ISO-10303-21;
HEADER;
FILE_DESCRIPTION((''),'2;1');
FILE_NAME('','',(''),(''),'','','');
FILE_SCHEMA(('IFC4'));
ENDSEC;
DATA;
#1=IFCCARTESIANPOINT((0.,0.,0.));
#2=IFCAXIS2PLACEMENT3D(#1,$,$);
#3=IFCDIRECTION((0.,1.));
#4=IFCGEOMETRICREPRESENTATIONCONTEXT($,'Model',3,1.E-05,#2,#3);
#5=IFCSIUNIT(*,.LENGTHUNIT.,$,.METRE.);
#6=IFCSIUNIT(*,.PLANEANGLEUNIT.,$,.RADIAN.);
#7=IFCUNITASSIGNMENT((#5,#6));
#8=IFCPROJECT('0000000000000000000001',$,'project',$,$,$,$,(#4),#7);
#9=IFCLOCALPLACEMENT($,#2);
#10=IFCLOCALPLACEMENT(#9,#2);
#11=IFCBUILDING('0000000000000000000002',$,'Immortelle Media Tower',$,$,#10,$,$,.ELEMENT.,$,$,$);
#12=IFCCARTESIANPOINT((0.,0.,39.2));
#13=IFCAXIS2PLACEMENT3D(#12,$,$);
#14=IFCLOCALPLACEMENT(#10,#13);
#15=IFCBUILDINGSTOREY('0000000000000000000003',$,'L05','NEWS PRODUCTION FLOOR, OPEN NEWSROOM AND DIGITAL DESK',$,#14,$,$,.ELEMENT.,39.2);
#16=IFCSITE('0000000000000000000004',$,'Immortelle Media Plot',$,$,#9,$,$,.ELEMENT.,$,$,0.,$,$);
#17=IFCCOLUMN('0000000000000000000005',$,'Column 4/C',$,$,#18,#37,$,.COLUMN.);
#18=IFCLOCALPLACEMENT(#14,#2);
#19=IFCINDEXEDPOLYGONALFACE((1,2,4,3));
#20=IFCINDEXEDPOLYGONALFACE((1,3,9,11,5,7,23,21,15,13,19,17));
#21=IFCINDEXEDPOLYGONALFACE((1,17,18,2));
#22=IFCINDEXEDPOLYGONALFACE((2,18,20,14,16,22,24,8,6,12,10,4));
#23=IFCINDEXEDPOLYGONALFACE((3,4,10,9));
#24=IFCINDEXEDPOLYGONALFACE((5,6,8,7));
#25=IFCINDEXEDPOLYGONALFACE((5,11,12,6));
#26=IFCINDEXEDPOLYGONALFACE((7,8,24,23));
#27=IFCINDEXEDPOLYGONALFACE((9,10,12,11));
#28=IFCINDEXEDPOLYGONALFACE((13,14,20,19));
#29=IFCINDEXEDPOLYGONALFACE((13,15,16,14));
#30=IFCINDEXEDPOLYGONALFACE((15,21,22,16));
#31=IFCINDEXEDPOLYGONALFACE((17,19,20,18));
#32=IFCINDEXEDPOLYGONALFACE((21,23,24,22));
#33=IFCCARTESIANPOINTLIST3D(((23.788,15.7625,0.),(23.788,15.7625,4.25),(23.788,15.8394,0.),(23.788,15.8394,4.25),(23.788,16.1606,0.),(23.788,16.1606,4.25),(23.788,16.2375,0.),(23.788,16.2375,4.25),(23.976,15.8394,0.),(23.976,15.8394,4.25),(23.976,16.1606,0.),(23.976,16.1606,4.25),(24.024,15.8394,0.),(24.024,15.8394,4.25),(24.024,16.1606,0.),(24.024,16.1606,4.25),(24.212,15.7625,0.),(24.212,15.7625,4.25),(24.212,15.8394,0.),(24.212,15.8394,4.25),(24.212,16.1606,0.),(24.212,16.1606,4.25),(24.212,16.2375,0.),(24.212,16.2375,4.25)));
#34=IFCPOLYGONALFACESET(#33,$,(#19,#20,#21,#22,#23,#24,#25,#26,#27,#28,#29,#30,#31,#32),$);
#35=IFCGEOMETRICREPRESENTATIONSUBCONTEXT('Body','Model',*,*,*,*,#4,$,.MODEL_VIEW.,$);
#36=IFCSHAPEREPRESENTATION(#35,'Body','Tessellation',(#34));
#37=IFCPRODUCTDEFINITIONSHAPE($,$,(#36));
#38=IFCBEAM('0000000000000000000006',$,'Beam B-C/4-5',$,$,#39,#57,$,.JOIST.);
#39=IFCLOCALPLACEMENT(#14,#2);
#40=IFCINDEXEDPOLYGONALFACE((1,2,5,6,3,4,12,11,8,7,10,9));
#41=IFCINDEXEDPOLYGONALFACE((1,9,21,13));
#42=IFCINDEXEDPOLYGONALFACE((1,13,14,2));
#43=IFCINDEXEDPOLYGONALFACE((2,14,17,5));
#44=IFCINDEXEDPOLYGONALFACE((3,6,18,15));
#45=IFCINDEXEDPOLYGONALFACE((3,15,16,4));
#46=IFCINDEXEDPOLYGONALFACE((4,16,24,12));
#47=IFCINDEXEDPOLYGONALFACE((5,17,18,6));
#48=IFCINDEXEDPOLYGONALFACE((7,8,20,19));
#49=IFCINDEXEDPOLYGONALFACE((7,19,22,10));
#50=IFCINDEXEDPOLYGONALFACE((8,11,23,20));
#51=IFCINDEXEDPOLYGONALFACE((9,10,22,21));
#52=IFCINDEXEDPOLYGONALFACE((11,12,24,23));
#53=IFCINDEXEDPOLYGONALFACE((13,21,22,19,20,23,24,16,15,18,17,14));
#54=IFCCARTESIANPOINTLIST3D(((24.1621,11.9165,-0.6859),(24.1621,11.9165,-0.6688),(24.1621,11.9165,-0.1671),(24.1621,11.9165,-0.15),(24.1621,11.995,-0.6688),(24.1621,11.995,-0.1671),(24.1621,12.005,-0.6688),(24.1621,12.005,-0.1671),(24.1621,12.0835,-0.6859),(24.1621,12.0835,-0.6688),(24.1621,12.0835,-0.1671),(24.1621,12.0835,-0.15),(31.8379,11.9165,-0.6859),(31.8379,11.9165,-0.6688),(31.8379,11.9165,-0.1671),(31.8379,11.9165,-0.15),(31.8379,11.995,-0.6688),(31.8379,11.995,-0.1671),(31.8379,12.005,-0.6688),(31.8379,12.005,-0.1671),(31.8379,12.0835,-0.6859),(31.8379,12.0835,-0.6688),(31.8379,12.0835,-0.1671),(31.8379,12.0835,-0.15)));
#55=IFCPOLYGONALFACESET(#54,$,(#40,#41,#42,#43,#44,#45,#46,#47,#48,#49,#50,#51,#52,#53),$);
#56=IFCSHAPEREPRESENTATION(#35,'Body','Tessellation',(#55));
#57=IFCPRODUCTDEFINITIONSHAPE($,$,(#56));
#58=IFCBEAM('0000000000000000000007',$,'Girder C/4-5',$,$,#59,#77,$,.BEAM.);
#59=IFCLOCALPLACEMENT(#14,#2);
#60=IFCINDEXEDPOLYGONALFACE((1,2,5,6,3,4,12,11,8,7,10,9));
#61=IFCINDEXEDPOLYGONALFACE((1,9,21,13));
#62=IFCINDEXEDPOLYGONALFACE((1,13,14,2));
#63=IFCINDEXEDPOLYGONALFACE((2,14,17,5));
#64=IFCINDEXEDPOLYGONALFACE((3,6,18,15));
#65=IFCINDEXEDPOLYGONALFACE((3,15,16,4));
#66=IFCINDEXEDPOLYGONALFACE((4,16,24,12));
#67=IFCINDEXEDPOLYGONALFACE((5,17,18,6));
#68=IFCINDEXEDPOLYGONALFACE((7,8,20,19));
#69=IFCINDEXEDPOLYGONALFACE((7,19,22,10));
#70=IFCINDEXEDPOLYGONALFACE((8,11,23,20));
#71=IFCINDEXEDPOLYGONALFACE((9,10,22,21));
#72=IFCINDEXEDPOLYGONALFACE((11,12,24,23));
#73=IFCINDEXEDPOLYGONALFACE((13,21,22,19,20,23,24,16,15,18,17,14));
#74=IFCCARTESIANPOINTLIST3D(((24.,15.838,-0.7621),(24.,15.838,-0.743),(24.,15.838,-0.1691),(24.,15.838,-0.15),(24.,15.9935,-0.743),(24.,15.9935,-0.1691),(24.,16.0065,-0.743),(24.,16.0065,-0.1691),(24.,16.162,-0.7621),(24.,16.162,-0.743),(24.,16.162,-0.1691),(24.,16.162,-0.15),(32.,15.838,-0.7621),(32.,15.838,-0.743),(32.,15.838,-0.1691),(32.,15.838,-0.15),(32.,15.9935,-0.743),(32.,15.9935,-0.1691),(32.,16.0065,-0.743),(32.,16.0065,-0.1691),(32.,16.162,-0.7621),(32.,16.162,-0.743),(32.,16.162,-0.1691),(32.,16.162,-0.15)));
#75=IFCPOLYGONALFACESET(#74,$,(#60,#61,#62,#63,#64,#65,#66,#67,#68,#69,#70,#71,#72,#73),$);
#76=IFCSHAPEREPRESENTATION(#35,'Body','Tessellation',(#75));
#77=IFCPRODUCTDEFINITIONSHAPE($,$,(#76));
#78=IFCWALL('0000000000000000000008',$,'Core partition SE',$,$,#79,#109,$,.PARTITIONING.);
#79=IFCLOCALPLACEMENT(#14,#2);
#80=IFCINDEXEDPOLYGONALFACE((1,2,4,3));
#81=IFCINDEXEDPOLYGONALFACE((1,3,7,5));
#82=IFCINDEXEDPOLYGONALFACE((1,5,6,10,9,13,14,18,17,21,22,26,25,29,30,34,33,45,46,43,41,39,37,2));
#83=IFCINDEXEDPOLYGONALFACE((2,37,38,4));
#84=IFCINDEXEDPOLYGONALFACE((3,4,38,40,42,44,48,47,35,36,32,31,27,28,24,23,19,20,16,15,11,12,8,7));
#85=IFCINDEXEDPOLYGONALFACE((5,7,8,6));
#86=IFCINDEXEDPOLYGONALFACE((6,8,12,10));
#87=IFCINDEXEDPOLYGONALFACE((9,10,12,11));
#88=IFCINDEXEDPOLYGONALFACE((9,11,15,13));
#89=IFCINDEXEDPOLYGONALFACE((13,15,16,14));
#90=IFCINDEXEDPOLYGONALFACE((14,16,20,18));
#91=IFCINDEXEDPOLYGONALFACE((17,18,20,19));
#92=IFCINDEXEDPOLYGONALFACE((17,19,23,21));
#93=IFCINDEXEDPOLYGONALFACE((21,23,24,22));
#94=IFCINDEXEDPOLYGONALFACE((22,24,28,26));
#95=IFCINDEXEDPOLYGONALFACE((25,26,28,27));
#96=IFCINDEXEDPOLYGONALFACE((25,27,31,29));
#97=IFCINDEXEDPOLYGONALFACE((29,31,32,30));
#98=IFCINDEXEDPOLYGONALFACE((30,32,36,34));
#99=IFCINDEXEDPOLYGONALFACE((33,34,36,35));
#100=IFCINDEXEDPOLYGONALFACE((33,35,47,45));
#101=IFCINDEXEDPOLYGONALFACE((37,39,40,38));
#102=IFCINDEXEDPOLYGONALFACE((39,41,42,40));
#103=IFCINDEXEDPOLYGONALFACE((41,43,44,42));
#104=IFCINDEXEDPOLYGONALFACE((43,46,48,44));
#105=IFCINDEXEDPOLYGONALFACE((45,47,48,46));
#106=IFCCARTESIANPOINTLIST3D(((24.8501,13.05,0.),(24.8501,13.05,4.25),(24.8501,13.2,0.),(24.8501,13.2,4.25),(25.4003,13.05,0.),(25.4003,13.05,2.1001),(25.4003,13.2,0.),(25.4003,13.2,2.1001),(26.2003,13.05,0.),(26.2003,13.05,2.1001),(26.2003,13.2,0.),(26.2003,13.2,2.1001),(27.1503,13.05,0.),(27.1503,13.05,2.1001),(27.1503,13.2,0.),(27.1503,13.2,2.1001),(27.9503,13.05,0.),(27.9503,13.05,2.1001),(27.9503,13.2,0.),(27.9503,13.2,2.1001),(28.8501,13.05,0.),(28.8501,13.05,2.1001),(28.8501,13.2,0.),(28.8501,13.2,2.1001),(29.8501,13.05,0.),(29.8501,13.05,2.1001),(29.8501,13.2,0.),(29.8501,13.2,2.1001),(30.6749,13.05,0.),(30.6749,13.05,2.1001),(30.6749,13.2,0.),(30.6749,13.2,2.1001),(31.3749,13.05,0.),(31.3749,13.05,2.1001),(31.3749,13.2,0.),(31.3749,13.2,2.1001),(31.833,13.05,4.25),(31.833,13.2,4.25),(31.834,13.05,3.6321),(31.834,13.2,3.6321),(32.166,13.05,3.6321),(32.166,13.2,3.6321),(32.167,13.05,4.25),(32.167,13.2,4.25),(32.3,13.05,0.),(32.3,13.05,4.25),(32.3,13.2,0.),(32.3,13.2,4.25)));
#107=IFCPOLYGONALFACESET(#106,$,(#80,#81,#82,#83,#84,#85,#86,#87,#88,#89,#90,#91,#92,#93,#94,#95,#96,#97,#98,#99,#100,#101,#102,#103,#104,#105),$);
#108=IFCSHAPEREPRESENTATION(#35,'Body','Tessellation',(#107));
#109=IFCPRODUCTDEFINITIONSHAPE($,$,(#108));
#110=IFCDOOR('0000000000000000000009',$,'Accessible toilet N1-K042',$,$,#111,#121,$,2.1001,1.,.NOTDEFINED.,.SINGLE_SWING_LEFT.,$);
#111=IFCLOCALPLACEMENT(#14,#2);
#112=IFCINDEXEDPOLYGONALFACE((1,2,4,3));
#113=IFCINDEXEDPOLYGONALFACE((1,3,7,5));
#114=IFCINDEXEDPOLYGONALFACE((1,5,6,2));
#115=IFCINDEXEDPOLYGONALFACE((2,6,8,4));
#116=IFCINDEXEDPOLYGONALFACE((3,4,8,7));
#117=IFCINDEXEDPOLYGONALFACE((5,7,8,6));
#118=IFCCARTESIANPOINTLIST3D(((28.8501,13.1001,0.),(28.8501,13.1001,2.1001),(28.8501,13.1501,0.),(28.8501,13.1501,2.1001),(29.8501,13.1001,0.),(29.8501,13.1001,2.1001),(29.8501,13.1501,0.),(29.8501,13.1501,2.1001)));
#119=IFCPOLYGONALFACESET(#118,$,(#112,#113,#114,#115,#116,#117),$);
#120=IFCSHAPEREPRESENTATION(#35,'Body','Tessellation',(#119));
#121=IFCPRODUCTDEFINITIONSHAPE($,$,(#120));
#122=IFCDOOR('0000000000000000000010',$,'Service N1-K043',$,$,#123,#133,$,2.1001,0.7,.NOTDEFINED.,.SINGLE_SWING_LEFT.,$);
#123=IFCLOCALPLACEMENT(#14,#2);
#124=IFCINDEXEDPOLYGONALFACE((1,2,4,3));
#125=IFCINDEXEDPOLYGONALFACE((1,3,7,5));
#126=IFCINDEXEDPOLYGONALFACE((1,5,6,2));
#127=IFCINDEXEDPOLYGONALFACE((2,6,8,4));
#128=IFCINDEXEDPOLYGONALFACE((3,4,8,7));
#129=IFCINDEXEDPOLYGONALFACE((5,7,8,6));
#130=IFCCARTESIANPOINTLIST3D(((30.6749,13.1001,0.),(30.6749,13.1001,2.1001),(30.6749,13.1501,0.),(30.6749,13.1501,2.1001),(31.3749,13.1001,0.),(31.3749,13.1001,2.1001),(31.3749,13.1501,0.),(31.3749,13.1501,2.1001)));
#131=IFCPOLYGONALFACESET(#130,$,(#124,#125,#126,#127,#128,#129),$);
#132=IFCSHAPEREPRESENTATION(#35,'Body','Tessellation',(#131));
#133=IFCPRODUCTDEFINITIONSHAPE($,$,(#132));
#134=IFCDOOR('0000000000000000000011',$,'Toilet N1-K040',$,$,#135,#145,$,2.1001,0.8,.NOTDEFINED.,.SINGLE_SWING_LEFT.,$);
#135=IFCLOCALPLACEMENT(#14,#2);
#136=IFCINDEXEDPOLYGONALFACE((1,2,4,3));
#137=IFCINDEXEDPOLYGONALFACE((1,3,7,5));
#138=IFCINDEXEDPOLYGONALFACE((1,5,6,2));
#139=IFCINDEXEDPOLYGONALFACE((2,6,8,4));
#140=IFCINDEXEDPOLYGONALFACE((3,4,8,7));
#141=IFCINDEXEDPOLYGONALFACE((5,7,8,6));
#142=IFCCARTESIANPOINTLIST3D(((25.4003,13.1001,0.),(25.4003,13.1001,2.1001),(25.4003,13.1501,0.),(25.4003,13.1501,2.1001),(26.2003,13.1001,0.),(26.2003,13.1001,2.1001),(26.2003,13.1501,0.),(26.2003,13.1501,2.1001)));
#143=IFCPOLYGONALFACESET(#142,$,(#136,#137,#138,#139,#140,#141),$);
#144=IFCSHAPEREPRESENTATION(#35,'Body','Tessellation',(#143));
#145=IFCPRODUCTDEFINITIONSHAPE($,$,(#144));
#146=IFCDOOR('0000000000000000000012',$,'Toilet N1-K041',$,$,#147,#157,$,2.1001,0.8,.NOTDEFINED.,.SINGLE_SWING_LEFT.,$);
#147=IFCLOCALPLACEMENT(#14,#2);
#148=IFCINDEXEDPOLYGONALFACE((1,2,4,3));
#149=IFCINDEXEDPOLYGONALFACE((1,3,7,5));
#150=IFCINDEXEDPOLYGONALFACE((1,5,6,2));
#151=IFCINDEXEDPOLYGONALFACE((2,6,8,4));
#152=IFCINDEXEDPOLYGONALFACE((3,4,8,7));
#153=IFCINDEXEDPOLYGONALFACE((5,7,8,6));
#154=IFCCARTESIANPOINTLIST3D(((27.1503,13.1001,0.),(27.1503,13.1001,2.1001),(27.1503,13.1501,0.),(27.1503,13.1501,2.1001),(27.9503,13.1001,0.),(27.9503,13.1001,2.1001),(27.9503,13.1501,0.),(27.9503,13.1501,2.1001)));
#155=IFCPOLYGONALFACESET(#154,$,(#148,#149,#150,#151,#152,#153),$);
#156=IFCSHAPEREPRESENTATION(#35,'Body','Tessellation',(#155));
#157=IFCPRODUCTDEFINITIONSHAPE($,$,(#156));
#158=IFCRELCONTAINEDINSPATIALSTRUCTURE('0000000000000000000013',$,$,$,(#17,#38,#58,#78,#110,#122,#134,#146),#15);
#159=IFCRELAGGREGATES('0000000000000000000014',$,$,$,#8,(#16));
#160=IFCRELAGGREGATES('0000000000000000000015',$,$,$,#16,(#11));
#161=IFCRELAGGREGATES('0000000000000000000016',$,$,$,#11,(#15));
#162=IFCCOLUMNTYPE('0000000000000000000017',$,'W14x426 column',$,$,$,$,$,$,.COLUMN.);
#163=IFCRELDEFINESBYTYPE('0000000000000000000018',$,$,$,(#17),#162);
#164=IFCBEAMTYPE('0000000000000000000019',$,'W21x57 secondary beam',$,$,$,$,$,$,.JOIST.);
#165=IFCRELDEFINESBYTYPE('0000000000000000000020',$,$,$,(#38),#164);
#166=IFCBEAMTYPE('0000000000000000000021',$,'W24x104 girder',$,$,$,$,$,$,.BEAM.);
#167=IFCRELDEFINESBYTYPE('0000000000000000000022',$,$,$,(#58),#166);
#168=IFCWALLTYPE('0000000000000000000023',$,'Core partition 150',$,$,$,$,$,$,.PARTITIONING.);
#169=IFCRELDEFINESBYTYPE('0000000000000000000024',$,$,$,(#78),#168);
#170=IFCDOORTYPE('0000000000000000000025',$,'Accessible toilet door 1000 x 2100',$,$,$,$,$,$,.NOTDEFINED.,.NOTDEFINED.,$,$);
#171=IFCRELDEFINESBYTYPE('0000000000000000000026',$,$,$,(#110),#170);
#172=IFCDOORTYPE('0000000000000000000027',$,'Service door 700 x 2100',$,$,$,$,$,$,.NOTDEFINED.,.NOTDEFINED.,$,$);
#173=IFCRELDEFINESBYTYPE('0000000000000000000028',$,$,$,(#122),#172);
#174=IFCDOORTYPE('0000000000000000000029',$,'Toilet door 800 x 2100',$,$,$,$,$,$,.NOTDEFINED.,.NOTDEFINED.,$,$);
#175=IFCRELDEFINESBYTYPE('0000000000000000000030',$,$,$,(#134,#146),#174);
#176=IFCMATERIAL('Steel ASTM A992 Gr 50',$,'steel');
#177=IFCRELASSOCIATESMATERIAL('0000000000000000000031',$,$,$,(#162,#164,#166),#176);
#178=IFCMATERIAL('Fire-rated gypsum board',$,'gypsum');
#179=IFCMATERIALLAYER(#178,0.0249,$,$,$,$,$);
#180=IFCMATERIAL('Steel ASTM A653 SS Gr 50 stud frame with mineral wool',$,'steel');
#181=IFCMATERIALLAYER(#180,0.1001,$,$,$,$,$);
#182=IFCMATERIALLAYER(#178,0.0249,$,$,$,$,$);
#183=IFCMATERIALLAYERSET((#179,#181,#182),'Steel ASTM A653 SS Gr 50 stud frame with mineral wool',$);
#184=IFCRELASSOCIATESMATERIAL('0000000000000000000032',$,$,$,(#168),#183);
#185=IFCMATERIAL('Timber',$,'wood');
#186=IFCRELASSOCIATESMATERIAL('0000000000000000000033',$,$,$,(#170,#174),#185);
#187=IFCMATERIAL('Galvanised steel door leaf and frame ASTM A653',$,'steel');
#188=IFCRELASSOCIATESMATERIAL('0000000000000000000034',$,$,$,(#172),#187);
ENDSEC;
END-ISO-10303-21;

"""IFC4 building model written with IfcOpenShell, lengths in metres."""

from ifc_helpers import new_model, si_unit, direction, frame, frame_2d, origin, origin_2d, place, context, subcontext, project, spatial, polyline, rectangle, i_section, outline, extrude, material, layer, layer_set, material_profile, profile_set, type_object, element, fill, save


model = new_model("IFC4")

# Units and contexts
model_context = context("Model", 3, precision=1e-05, world=origin(), true_north=direction((0.0, 1.0)))
body_context = subcontext(model_context, "Body", "Model", "MODEL_VIEW")
ifc_project = project(units=[si_unit("LENGTHUNIT", "METRE"), si_unit("PLANEANGLEUNIT", "RADIAN")], contexts=[model_context])

# Site, building, storey
site_placement = place(None, origin())
site = spatial("IfcSite", under=ifc_project, at=site_placement, Name="Immortelle Media Plot", CompositionType="ELEMENT", RefElevation=0.0)
building_placement = place(site_placement, origin())
building = spatial("IfcBuilding", under=site, at=building_placement, Name="Immortelle Media Tower", CompositionType="ELEMENT")
storey_placement = place(building_placement, frame((0.0, 0.0, 39.2)))
storey = spatial("IfcBuildingStorey", under=building, at=storey_placement, Name="L05", Description="NEWS PRODUCTION FLOOR, OPEN NEWSROOM AND DIGITAL DESK", CompositionType="ELEMENT", Elevation=39.2)

# Column
ifc_material_1 = material(Name="Steel ASTM A992 Gr 50", Category="steel")
ifc_material_profile_1 = material_profile(ifc_material_1, i_section(OverallWidth=0.4241, OverallDepth=0.4751, WebThickness=0.0481, FlangeThickness=0.0769, at=origin_2d()), Name="W14x426")
ifc_profile_set_1 = profile_set([ifc_material_profile_1], Name="Steel ASTM A992 Gr 50")
column_type = type_object("IfcColumnType", Name="W14x426 column", PredefinedType="COLUMN", material=ifc_profile_set_1)
column_placement = place(storey_placement, frame((24.0, 16.0, 0.0), z_axis=(0.0, 0.0, 1.0), x_axis=(1.0, 0.0, 0.0)))
element("IfcColumn", 1, at=column_placement, inside=storey, type_object=column_type, Name="Column 4/C", PredefinedType="COLUMN", context=body_context, shape_type="SweptSolid", body=[
    extrude(i_section(OverallWidth=0.4241, OverallDepth=0.4751, WebThickness=0.0481, FlangeThickness=0.0769, at=origin_2d()), origin(), (0.0, 0.0, 1.0), 4.25),
])

# Beams
ifc_material_profile_2 = material_profile(ifc_material_1, i_section(OverallWidth=0.167, OverallDepth=0.5359, WebThickness=0.01, FlangeThickness=0.0171, at=origin_2d()), Name="W21x57")
ifc_profile_set_2 = profile_set([ifc_material_profile_2], Name="Steel ASTM A992 Gr 50")
beam_type_1 = type_object("IfcBeamType", Name="W21x57 secondary beam", PredefinedType="JOIST", material=ifc_profile_set_2)
beam_1_placement = place(storey_placement, frame((24.1621, 12.0, -0.418), z_axis=(1.0, 0.0, 0.0), x_axis=(0.0, 1.0, 0.0)))
element("IfcBeam", 2, at=beam_1_placement, inside=storey, type_object=beam_type_1, Name="Beam B-C/4-5", PredefinedType="JOIST", context=body_context, shape_type="SweptSolid", body=[
    extrude(i_section(OverallWidth=0.167, OverallDepth=0.5359, WebThickness=0.01, FlangeThickness=0.0171, at=origin_2d()), origin(), (0.0, 0.0, 1.0), 7.6758),
])
ifc_material_profile_3 = material_profile(ifc_material_1, i_section(OverallWidth=0.324, OverallDepth=0.6121, WebThickness=0.0129, FlangeThickness=0.019, at=origin_2d()), Name="W24x104")
ifc_profile_set_3 = profile_set([ifc_material_profile_3], Name="Steel ASTM A992 Gr 50")
beam_type_2 = type_object("IfcBeamType", Name="W24x104 girder", PredefinedType="BEAM", material=ifc_profile_set_3)
beam_2_placement = place(storey_placement, frame((24.0, 16.0, -0.4561), z_axis=(1.0, 0.0, 0.0), x_axis=(0.0, 1.0, 0.0)))
element("IfcBeam", 3, at=beam_2_placement, inside=storey, type_object=beam_type_2, Name="Girder C/4-5", PredefinedType="BEAM", context=body_context, shape_type="SweptSolid", body=[
    extrude(i_section(OverallWidth=0.324, OverallDepth=0.6121, WebThickness=0.0129, FlangeThickness=0.019, at=origin_2d()), origin(), (0.0, 0.0, 1.0), 8.0),
])

# Wall, openings, doors
ifc_material_2 = material(Name="Fire-rated gypsum board", Category="gypsum")
ifc_layer_1 = layer(ifc_material_2, 0.0249)
ifc_material_3 = material(Name="Steel ASTM A653 SS Gr 50 stud frame with mineral wool", Category="steel")
ifc_layer_2 = layer(ifc_material_3, 0.1001)
ifc_layer_3 = layer(ifc_material_2, 0.0249)
ifc_layer_set_1 = layer_set([ifc_layer_1, ifc_layer_2, ifc_layer_3], Name="Steel ASTM A653 SS Gr 50 stud frame with mineral wool")
wall_type_1 = type_object("IfcWallType", Name="Core partition 150", PredefinedType="PARTITIONING", material=ifc_layer_set_1)
wall_1_placement = place(storey_placement, frame((24.8501, 13.125, 0.0), z_axis=(0.0, 0.0, 1.0), x_axis=(1.0, 0.0, 0.0)))
wall_1 = element("IfcWall", 4, at=wall_1_placement, inside=storey, type_object=wall_type_1, Name="Core partition SE", PredefinedType="PARTITIONING", context=body_context, shape_type="SweptSolid", body=[
    extrude(outline(polyline([(0.0, 0.0), (7.45, 0.0), (7.45, 4.25), (7.3169, 4.25), (7.3159, 3.6321), (6.9839, 3.6321), (6.9829, 4.25), (0.0, 4.25), (0.0, 0.0)])), frame((0.0, 0.075, 0.0), z_axis=(0.0, -1.0, 0.0), x_axis=(1.0, 0.0, 0.0)), (0.0, 0.0, 1.0), 0.1499),
])
opening_1_placement = place(wall_1_placement, frame((1.3501, 0.0, 0.0), z_axis=(0.0, 0.0, 1.0), x_axis=(-1.0, 0.0, 0.0)))
opening_1 = element("IfcOpeningElement", 5, at=opening_1_placement, cuts=wall_1, PredefinedType="OPENING", context=body_context, shape_type="SweptSolid", body=[
    extrude(rectangle(XDim=0.8, YDim=2.1001, at=frame_2d((0.3999, 1.05))), frame((0.0, 0.085, 0.0), z_axis=(0.0, -1.0, 0.0), x_axis=(1.0, 0.0, 0.0)), (0.0, 0.0, 1.0), 0.1699),
])
opening_2_placement = place(wall_1_placement, frame((3.1001, 0.0, 0.0), z_axis=(0.0, 0.0, 1.0), x_axis=(-1.0, 0.0, 0.0)))
opening_2 = element("IfcOpeningElement", 6, at=opening_2_placement, cuts=wall_1, PredefinedType="OPENING", context=body_context, shape_type="SweptSolid", body=[
    extrude(rectangle(XDim=0.8, YDim=2.1001, at=frame_2d((0.3999, 1.05))), frame((0.0, 0.085, 0.0), z_axis=(0.0, -1.0, 0.0), x_axis=(1.0, 0.0, 0.0)), (0.0, 0.0, 1.0), 0.1699),
])
opening_3_placement = place(wall_1_placement, frame((5.0, 0.0, 0.0), z_axis=(0.0, 0.0, 1.0), x_axis=(-1.0, 0.0, 0.0)))
opening_3 = element("IfcOpeningElement", 7, at=opening_3_placement, cuts=wall_1, PredefinedType="OPENING", context=body_context, shape_type="SweptSolid", body=[
    extrude(rectangle(XDim=1.0, YDim=2.1001, at=frame_2d((0.5, 1.05))), frame((0.0, 0.085, 0.0), z_axis=(0.0, -1.0, 0.0), x_axis=(1.0, 0.0, 0.0)), (0.0, 0.0, 1.0), 0.1699),
])
opening_4_placement = place(wall_1_placement, frame((6.5249, 0.0, 0.0), z_axis=(0.0, 0.0, 1.0), x_axis=(-1.0, 0.0, 0.0)))
opening_4 = element("IfcOpeningElement", 8, at=opening_4_placement, cuts=wall_1, PredefinedType="OPENING", context=body_context, shape_type="SweptSolid", body=[
    extrude(rectangle(XDim=0.7, YDim=2.1001, at=frame_2d((0.3501, 1.05))), frame((0.0, 0.085, 0.0), z_axis=(0.0, -1.0, 0.0), x_axis=(1.0, 0.0, 0.0)), (0.0, 0.0, 1.0), 0.1699),
])
ifc_material_4 = material(Name="Timber", Category="wood")
door_type_1 = type_object("IfcDoorType", Name="Accessible toilet door 1000 x 2100", OperationType="NOTDEFINED", PredefinedType="NOTDEFINED", material=ifc_material_4)
door_1_placement = place(opening_3_placement, origin())
door_1 = element("IfcDoor", 9, at=door_1_placement, inside=storey, type_object=door_type_1, Name="Accessible toilet N1-K042", OperationType="SINGLE_SWING_LEFT", OverallHeight=2.1001, OverallWidth=1.0, PredefinedType="NOTDEFINED", context=body_context, shape_type="SweptSolid", body=[
    extrude(rectangle(XDim=1.0, YDim=2.1001, at=frame_2d((0.5, 1.05))), frame((0.0, 0.0249, 0.0), z_axis=(0.0, -1.0, 0.0), x_axis=(1.0, 0.0, 0.0)), (0.0, 0.0, 1.0), 0.05),
])
fill(opening_3, door_1)
ifc_material_5 = material(Name="Galvanised steel door leaf and frame ASTM A653", Category="steel")
door_type_2 = type_object("IfcDoorType", Name="Service door 700 x 2100", OperationType="NOTDEFINED", PredefinedType="NOTDEFINED", material=ifc_material_5)
door_2_placement = place(opening_4_placement, origin())
door_2 = element("IfcDoor", 10, at=door_2_placement, inside=storey, type_object=door_type_2, Name="Service N1-K043", OperationType="SINGLE_SWING_LEFT", OverallHeight=2.1001, OverallWidth=0.7, PredefinedType="NOTDEFINED", context=body_context, shape_type="SweptSolid", body=[
    extrude(rectangle(XDim=0.7, YDim=2.1001, at=frame_2d((0.3501, 1.05))), frame((0.0, 0.0249, 0.0), z_axis=(0.0, -1.0, 0.0), x_axis=(1.0, 0.0, 0.0)), (0.0, 0.0, 1.0), 0.05),
])
fill(opening_4, door_2)
door_type_3 = type_object("IfcDoorType", Name="Toilet door 800 x 2100", OperationType="NOTDEFINED", PredefinedType="NOTDEFINED", material=ifc_material_4)
door_3_placement = place(opening_1_placement, origin())
door_3 = element("IfcDoor", 11, at=door_3_placement, inside=storey, type_object=door_type_3, Name="Toilet N1-K040", OperationType="SINGLE_SWING_LEFT", OverallHeight=2.1001, OverallWidth=0.8, PredefinedType="NOTDEFINED", context=body_context, shape_type="SweptSolid", body=[
    extrude(rectangle(XDim=0.8, YDim=2.1001, at=frame_2d((0.3999, 1.05))), frame((0.0, 0.0249, 0.0), z_axis=(0.0, -1.0, 0.0), x_axis=(1.0, 0.0, 0.0)), (0.0, 0.0, 1.0), 0.05),
])
fill(opening_1, door_3)
door_4_placement = place(opening_2_placement, origin())
door_4 = element("IfcDoor", 12, at=door_4_placement, inside=storey, type_object=door_type_3, Name="Toilet N1-K041", OperationType="SINGLE_SWING_LEFT", OverallHeight=2.1001, OverallWidth=0.8, PredefinedType="NOTDEFINED", context=body_context, shape_type="SweptSolid", body=[
    extrude(rectangle(XDim=0.8, YDim=2.1001, at=frame_2d((0.3999, 1.05))), frame((0.0, 0.0249, 0.0), z_axis=(0.0, -1.0, 0.0), x_axis=(1.0, 0.0, 0.0)), (0.0, 0.0, 1.0), 0.05),
])
fill(opening_2, door_4)

save(model, "model.ifc")
